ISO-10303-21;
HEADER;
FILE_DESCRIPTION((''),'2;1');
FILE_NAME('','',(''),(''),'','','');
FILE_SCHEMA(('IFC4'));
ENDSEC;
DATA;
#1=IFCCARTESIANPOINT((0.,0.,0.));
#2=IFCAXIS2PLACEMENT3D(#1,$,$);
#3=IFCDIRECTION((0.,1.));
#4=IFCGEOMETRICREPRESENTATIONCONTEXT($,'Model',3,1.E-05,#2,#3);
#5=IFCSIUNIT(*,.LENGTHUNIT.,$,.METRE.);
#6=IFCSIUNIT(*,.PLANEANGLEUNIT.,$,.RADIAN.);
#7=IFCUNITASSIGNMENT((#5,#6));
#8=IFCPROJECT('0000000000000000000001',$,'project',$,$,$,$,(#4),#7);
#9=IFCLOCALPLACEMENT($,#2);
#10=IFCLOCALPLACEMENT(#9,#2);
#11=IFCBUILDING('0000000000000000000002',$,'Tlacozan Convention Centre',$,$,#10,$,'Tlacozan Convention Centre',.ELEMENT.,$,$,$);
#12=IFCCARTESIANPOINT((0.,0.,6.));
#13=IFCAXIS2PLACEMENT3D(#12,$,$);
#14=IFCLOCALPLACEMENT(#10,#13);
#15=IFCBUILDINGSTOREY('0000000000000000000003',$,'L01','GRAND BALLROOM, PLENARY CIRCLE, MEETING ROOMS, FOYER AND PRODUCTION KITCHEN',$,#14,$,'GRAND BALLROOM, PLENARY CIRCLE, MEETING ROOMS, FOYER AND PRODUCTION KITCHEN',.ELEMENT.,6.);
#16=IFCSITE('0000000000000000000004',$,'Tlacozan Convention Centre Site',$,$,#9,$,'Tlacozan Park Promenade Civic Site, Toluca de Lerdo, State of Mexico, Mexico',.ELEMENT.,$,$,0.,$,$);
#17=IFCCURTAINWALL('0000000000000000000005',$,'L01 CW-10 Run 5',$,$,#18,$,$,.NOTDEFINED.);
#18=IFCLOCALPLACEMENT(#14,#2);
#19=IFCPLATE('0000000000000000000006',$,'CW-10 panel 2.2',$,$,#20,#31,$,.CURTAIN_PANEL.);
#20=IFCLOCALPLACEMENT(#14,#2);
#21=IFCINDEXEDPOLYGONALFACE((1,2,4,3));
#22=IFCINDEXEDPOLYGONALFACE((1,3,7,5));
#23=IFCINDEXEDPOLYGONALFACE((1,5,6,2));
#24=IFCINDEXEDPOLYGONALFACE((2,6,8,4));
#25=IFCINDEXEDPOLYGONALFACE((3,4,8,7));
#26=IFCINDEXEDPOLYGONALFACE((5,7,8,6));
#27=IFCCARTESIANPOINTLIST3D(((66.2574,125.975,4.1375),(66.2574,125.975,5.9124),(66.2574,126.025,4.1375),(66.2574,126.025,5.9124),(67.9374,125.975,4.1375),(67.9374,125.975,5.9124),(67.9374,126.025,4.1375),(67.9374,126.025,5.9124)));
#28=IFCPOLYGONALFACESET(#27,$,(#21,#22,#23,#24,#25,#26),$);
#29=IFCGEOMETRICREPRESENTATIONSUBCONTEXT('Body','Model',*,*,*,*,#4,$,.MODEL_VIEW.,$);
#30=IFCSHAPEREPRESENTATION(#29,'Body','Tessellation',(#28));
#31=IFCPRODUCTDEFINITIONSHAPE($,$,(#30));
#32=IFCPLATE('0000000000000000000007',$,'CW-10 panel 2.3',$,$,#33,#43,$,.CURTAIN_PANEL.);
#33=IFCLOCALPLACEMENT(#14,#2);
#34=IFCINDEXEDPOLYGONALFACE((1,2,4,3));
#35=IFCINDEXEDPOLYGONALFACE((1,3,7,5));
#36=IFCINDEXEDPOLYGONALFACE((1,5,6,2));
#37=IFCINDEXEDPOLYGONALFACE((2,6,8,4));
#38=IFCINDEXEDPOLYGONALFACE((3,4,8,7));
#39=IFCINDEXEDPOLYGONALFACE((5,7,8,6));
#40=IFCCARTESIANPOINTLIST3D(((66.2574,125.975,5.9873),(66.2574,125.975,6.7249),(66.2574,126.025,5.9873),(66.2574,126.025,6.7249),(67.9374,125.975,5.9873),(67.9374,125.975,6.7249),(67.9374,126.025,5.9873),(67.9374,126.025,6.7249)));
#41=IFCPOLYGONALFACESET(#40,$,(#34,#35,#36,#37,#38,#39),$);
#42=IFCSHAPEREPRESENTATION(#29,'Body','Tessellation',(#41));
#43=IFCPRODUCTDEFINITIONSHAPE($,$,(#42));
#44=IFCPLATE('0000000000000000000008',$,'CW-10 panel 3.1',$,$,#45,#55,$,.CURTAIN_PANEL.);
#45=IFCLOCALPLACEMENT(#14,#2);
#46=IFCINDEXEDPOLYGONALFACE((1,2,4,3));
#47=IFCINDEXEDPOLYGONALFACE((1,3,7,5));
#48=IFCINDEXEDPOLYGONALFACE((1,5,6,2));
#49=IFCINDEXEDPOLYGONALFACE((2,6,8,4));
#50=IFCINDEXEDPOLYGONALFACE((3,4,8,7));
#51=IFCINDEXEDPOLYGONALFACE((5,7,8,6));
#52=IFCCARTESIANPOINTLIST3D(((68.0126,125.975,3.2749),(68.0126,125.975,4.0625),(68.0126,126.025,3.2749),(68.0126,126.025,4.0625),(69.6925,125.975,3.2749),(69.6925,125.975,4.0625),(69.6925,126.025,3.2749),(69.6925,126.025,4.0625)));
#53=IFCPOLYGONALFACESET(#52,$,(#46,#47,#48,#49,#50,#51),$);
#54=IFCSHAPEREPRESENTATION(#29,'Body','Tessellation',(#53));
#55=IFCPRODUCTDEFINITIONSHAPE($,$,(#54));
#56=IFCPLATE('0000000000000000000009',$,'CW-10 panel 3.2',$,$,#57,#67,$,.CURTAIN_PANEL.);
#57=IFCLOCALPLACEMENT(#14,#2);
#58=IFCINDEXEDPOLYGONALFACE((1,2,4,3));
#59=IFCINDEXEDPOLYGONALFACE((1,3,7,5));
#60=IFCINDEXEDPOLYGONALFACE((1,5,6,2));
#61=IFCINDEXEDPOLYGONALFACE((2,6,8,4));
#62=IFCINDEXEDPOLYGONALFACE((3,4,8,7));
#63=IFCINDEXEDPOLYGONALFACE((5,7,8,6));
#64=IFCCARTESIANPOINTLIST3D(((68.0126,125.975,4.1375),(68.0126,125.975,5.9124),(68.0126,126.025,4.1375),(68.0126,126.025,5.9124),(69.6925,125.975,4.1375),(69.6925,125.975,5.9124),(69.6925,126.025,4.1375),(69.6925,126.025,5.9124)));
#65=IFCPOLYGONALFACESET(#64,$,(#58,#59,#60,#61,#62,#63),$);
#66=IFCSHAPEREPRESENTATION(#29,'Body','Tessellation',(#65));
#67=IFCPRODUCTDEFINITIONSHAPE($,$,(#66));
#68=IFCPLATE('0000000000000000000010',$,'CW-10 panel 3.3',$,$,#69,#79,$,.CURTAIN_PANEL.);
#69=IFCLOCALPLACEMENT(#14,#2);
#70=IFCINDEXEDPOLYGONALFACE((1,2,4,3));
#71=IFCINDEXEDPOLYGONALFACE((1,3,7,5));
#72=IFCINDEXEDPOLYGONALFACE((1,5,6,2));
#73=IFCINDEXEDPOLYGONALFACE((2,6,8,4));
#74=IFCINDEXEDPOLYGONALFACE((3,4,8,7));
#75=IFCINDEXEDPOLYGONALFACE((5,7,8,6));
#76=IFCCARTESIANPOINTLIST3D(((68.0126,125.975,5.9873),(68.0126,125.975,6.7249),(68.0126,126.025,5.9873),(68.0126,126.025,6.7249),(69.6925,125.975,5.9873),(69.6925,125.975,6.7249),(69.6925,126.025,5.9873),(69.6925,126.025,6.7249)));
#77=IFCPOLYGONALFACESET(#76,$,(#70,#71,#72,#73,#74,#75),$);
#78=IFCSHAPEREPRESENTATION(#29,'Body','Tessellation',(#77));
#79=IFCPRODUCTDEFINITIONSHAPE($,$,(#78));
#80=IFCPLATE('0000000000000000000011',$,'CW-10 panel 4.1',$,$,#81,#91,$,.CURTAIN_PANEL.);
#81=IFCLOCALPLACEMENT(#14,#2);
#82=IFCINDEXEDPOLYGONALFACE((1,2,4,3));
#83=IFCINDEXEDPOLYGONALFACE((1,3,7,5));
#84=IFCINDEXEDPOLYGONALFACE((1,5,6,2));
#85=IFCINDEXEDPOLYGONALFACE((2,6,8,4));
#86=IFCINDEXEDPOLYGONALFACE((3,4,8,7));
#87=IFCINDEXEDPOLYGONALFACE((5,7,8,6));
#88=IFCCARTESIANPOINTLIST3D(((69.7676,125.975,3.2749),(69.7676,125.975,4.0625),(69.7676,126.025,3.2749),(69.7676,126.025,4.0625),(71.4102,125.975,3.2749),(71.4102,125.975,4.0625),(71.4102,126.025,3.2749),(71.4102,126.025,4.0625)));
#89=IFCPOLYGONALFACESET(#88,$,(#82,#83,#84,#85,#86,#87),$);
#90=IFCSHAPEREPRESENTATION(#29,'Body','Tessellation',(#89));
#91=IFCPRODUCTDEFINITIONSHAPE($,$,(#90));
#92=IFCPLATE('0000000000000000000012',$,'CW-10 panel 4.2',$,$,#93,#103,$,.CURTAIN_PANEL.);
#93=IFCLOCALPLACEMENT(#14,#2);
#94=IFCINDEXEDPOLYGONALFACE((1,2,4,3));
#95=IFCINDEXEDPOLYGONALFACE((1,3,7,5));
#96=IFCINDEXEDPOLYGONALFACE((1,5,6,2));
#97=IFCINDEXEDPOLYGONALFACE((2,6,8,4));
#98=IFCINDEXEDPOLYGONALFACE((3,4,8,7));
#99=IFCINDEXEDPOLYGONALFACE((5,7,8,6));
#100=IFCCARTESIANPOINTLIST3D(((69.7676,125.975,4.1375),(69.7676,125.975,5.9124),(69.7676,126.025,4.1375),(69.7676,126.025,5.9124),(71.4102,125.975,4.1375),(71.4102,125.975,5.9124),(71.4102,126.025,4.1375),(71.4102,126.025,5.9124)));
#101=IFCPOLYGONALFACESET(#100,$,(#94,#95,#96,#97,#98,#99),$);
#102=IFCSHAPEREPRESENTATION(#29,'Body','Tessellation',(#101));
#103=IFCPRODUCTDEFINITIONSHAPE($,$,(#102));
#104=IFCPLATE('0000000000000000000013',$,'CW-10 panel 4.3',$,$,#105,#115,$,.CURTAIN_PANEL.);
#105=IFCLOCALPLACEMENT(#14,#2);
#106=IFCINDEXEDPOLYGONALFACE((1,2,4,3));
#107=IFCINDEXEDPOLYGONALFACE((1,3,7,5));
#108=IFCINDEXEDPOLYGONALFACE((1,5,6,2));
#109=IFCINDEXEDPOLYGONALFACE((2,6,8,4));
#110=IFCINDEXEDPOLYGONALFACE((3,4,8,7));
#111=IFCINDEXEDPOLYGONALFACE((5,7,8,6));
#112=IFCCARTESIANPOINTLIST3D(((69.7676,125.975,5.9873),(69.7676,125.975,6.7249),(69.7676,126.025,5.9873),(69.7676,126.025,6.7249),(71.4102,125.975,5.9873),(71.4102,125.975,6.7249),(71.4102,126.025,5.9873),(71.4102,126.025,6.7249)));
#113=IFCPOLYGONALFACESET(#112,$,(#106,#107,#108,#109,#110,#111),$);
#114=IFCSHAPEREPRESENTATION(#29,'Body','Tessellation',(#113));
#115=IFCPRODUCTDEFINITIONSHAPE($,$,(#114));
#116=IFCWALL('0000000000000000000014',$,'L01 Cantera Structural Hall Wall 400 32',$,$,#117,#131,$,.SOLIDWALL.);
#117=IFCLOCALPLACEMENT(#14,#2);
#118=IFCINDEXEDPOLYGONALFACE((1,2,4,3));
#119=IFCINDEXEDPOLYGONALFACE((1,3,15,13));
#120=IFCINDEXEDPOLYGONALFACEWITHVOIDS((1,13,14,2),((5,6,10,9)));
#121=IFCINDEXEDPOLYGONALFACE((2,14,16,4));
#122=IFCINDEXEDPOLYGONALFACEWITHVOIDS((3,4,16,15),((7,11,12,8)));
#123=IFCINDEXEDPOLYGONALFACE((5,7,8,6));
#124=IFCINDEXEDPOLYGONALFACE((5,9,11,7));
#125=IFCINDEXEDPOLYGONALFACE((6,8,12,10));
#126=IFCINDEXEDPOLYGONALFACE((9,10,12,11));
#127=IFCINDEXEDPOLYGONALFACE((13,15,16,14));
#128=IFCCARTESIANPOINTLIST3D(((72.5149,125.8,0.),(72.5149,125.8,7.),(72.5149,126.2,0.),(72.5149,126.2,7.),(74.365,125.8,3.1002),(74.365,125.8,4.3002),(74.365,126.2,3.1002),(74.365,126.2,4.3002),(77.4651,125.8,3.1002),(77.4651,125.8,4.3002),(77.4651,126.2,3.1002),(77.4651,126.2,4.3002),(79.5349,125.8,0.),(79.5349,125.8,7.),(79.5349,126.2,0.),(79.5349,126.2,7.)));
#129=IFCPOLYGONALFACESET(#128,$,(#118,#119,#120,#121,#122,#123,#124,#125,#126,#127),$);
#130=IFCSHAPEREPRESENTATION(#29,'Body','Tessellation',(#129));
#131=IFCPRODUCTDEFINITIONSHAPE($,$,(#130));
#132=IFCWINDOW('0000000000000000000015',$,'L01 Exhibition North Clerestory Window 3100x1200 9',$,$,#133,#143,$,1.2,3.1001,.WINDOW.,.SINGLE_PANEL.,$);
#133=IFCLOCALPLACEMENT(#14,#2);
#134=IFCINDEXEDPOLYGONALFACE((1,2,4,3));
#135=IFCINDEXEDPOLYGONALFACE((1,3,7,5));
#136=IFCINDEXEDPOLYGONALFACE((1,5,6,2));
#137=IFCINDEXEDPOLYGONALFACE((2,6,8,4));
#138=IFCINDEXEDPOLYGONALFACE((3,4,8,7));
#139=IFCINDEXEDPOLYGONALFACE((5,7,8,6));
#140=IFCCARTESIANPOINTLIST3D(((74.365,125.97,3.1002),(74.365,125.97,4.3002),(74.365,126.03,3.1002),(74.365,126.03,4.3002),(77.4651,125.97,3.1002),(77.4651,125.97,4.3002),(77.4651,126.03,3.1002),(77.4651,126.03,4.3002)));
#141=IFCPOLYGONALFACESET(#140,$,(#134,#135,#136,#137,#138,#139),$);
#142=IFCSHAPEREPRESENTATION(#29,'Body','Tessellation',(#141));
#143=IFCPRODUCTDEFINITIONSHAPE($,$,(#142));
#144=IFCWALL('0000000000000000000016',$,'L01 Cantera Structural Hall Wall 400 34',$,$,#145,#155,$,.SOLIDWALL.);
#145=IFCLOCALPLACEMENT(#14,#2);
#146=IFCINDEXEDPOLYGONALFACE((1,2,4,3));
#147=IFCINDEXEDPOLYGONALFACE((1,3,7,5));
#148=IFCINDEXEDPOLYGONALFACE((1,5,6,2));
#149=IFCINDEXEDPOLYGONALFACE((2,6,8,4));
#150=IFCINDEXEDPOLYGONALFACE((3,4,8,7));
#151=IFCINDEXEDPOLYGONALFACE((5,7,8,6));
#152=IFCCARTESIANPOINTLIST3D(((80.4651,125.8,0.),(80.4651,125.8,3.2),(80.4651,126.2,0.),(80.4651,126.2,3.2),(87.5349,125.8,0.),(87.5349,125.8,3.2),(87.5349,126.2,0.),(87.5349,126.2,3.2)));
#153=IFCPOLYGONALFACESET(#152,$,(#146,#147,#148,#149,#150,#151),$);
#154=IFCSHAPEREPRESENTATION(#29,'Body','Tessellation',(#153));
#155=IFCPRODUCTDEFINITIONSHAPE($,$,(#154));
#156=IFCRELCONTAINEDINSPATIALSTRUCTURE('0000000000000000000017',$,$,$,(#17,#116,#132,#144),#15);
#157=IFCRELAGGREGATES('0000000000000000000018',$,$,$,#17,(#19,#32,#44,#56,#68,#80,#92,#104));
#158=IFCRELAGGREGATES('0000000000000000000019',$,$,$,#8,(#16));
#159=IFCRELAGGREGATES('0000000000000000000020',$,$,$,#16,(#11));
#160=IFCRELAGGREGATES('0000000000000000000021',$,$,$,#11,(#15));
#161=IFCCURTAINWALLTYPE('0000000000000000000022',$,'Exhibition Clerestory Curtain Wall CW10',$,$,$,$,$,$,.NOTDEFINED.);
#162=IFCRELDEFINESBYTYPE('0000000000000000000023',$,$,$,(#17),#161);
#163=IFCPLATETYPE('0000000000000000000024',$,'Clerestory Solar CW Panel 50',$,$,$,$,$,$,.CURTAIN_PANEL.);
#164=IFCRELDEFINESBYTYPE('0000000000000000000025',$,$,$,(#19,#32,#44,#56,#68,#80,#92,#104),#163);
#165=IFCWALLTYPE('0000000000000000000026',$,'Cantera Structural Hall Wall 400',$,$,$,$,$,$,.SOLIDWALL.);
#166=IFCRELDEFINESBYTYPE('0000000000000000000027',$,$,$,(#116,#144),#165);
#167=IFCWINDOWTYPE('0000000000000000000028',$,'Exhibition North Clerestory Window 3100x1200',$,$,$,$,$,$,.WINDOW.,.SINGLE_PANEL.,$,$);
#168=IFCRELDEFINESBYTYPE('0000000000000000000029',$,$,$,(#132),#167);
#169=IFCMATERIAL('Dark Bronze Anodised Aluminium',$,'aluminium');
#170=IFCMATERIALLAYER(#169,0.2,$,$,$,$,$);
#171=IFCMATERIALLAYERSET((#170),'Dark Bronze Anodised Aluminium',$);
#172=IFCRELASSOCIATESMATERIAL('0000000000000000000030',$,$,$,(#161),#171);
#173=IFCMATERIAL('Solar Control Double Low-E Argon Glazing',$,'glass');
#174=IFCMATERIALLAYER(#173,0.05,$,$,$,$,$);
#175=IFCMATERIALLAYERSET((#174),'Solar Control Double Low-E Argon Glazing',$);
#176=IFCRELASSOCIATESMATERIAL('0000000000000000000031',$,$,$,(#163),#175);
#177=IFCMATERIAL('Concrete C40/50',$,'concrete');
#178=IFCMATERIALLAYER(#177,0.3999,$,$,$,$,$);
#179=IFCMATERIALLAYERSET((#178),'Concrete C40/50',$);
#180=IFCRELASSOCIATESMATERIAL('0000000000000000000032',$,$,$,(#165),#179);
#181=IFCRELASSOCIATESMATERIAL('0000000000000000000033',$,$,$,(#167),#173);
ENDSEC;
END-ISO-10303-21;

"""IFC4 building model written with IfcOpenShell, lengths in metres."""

from ifc_helpers import new_model, si_unit, direction, frame, frame_2d, origin, origin_2d, place, context, subcontext, project, spatial, rectangle, extrude, material, layer, layer_set, type_object, element, fill, aggregate, save


model = new_model("IFC4")

# Units and contexts
model_context = context("Model", 3, precision=1e-05, world=origin(), true_north=direction((0.0, 1.0)))
body_context = subcontext(model_context, "Body", "Model", "MODEL_VIEW")
ifc_project = project(units=[si_unit("LENGTHUNIT", "METRE"), si_unit("PLANEANGLEUNIT", "RADIAN")], contexts=[model_context])

# Site, building, storey
site_placement = place(None, origin())
site = spatial("IfcSite", under=ifc_project, at=site_placement, Name="Tlacozan Convention Centre Site", LongName="Tlacozan Park Promenade Civic Site, Toluca de Lerdo, State of Mexico, Mexico", CompositionType="ELEMENT", RefElevation=0.0)
building_placement = place(site_placement, origin())
building = spatial("IfcBuilding", under=site, at=building_placement, Name="Tlacozan Convention Centre", LongName="Tlacozan Convention Centre", CompositionType="ELEMENT")
storey_placement = place(building_placement, frame((0.0, 0.0, 6.0)))
storey = spatial("IfcBuildingStorey", under=building, at=storey_placement, Name="L01", Description="GRAND BALLROOM, PLENARY CIRCLE, MEETING ROOMS, FOYER AND PRODUCTION KITCHEN", LongName="GRAND BALLROOM, PLENARY CIRCLE, MEETING ROOMS, FOYER AND PRODUCTION KITCHEN", CompositionType="ELEMENT", Elevation=6.0)

# Shared definitions
ifc_material_1 = material(Name="Concrete C40/50", Category="concrete")

# Curtain wall
ifc_material_2 = material(Name="Dark Bronze Anodised Aluminium", Category="aluminium")
ifc_layer_1 = layer(ifc_material_2, 0.2)
ifc_layer_set_1 = layer_set([ifc_layer_1], Name="Dark Bronze Anodised Aluminium")
curtain_wall_type = type_object("IfcCurtainWallType", Name="Exhibition Clerestory Curtain Wall CW10", PredefinedType="NOTDEFINED", material=ifc_layer_set_1)
curtain_wall_1_placement = place(storey_placement, origin())
curtain_wall_1 = element("IfcCurtainWall", 1, at=curtain_wall_1_placement, inside=storey, type_object=curtain_wall_type, Name="L01 CW-10 Run 5", PredefinedType="NOTDEFINED")

# Plates
ifc_material_3 = material(Name="Solar Control Double Low-E Argon Glazing", Category="glass")
ifc_layer_2 = layer(ifc_material_3, 0.05)
ifc_layer_set_2 = layer_set([ifc_layer_2], Name="Solar Control Double Low-E Argon Glazing")
plate_type = type_object("IfcPlateType", Name="Clerestory Solar CW Panel 50", PredefinedType="CURTAIN_PANEL", material=ifc_layer_set_2)
plate_1_placement = place(storey_placement, frame((67.0974, 126.0, 4.1375), z_axis=(0.0, 0.0, 1.0), x_axis=(1.0, 0.0, 0.0)))
plate_1 = element("IfcPlate", 2, at=plate_1_placement, type_object=plate_type, Name="CW-10 panel 2.2", PredefinedType="CURTAIN_PANEL", context=body_context, shape_type="SweptSolid", body=[
    extrude(rectangle(XDim=1.6799, YDim=0.05, at=origin_2d()), origin(), (0.0, 0.0, 1.0), 1.7749),
])
plate_2_placement = place(storey_placement, frame((67.0974, 126.0, 5.9873), z_axis=(0.0, 0.0, 1.0), x_axis=(1.0, 0.0, 0.0)))
plate_2 = element("IfcPlate", 3, at=plate_2_placement, type_object=plate_type, Name="CW-10 panel 2.3", PredefinedType="CURTAIN_PANEL", context=body_context, shape_type="SweptSolid", body=[
    extrude(rectangle(XDim=1.6799, YDim=0.05, at=origin_2d()), origin(), (0.0, 0.0, 1.0), 0.7375),
])
plate_3_placement = place(storey_placement, frame((68.8525, 126.0, 3.2749), z_axis=(0.0, 0.0, 1.0), x_axis=(1.0, 0.0, 0.0)))
plate_3 = element("IfcPlate", 4, at=plate_3_placement, type_object=plate_type, Name="CW-10 panel 3.1", PredefinedType="CURTAIN_PANEL", context=body_context, shape_type="SweptSolid", body=[
    extrude(rectangle(XDim=1.6799, YDim=0.05, at=origin_2d()), origin(), (0.0, 0.0, 1.0), 0.7876),
])
plate_4_placement = place(storey_placement, frame((68.8525, 126.0, 4.1375), z_axis=(0.0, 0.0, 1.0), x_axis=(1.0, 0.0, 0.0)))
plate_4 = element("IfcPlate", 5, at=plate_4_placement, type_object=plate_type, Name="CW-10 panel 3.2", PredefinedType="CURTAIN_PANEL", context=body_context, shape_type="SweptSolid", body=[
    extrude(rectangle(XDim=1.6799, YDim=0.05, at=origin_2d()), origin(), (0.0, 0.0, 1.0), 1.7749),
])
plate_5_placement = place(storey_placement, frame((68.8525, 126.0, 5.9873), z_axis=(0.0, 0.0, 1.0), x_axis=(1.0, 0.0, 0.0)))
plate_5 = element("IfcPlate", 6, at=plate_5_placement, type_object=plate_type, Name="CW-10 panel 3.3", PredefinedType="CURTAIN_PANEL", context=body_context, shape_type="SweptSolid", body=[
    extrude(rectangle(XDim=1.6799, YDim=0.05, at=origin_2d()), origin(), (0.0, 0.0, 1.0), 0.7375),
])
plate_6_placement = place(storey_placement, frame((70.5889, 126.0, 3.2749), z_axis=(0.0, 0.0, 1.0), x_axis=(1.0, 0.0, 0.0)))
plate_6 = element("IfcPlate", 7, at=plate_6_placement, type_object=plate_type, Name="CW-10 panel 4.1", PredefinedType="CURTAIN_PANEL", context=body_context, shape_type="SweptSolid", body=[
    extrude(rectangle(XDim=1.6426, YDim=0.05, at=origin_2d()), origin(), (0.0, 0.0, 1.0), 0.7876),
])
plate_7_placement = place(storey_placement, frame((70.5889, 126.0, 4.1375), z_axis=(0.0, 0.0, 1.0), x_axis=(1.0, 0.0, 0.0)))
plate_7 = element("IfcPlate", 8, at=plate_7_placement, type_object=plate_type, Name="CW-10 panel 4.2", PredefinedType="CURTAIN_PANEL", context=body_context, shape_type="SweptSolid", body=[
    extrude(rectangle(XDim=1.6426, YDim=0.05, at=origin_2d()), origin(), (0.0, 0.0, 1.0), 1.7749),
])
plate_8_placement = place(storey_placement, frame((70.5889, 126.0, 5.9873), z_axis=(0.0, 0.0, 1.0), x_axis=(1.0, 0.0, 0.0)))
plate_8 = element("IfcPlate", 9, at=plate_8_placement, type_object=plate_type, Name="CW-10 panel 4.3", PredefinedType="CURTAIN_PANEL", context=body_context, shape_type="SweptSolid", body=[
    extrude(rectangle(XDim=1.6426, YDim=0.05, at=origin_2d()), origin(), (0.0, 0.0, 1.0), 0.7375),
])
aggregate(curtain_wall_1, [plate_1, plate_2, plate_3, plate_4, plate_5, plate_6, plate_7, plate_8])

# Wall, opening, window
ifc_layer_3 = layer(ifc_material_1, 0.3999)
ifc_layer_set_3 = layer_set([ifc_layer_3], Name="Concrete C40/50")
wall_type = type_object("IfcWallType", Name="Cantera Structural Hall Wall 400", PredefinedType="SOLIDWALL", material=ifc_layer_set_3)
wall_1_placement = place(storey_placement, frame((72.5149, 126.0, 0.0), z_axis=(0.0, 0.0, 1.0), x_axis=(1.0, 0.0, 0.0)))
wall_1 = element("IfcWall", 10, at=wall_1_placement, inside=storey, type_object=wall_type, Name="L01 Cantera Structural Hall Wall 400 32", PredefinedType="SOLIDWALL", context=body_context, shape_type="SweptSolid", body=[
    extrude(rectangle(XDim=7.02, YDim=0.3999, at=frame_2d((3.51, 0.0))), origin(), (0.0, 0.0, 1.0), 7.0),
])
opening_placement = place(wall_1_placement, frame((1.8501, 0.0, 3.1001)))
opening = element("IfcOpeningElement", 11, at=opening_placement, cuts=wall_1, PredefinedType="OPENING", context=body_context, shape_type="SweptSolid", body=[
    extrude(rectangle(XDim=3.1001, YDim=1.2, at=frame_2d((1.55, 0.6001))), frame((0.0, 0.21, 0.0), z_axis=(0.0, -1.0, 0.0), x_axis=(1.0, 0.0, 0.0)), (0.0, 0.0, 1.0), 0.4199),
])
window_type = type_object("IfcWindowType", Name="Exhibition North Clerestory Window 3100x1200", PartitioningType="SINGLE_PANEL", PredefinedType="WINDOW", material=ifc_material_3)
window_placement = place(opening_placement, origin())
window = element("IfcWindow", 12, at=window_placement, inside=storey, type_object=window_type, Name="L01 Exhibition North Clerestory Window 3100x1200 9", OverallHeight=1.2, OverallWidth=3.1001, PartitioningType="SINGLE_PANEL", PredefinedType="WINDOW", context=body_context, shape_type="SweptSolid", body=[
    extrude(rectangle(XDim=3.1001, YDim=1.2, at=frame_2d((1.55, 0.6001))), frame((0.0, 0.03, 0.0), z_axis=(0.0, -1.0, 0.0), x_axis=(1.0, 0.0, 0.0)), (0.0, 0.0, 1.0), 0.0601),
])
fill(opening, window)

# Wall
wall_2_placement = place(storey_placement, frame((80.4651, 126.0, 0.0), z_axis=(0.0, 0.0, 1.0), x_axis=(1.0, 0.0, 0.0)))
element("IfcWall", 13, at=wall_2_placement, inside=storey, type_object=wall_type, Name="L01 Cantera Structural Hall Wall 400 34", PredefinedType="SOLIDWALL", context=body_context, shape_type="SweptSolid", body=[
    extrude(rectangle(XDim=7.0698, YDim=0.3999, at=frame_2d((3.5349, 0.0))), origin(), (0.0, 0.0, 1.0), 3.2),
])

save(model, "model.ifc")
